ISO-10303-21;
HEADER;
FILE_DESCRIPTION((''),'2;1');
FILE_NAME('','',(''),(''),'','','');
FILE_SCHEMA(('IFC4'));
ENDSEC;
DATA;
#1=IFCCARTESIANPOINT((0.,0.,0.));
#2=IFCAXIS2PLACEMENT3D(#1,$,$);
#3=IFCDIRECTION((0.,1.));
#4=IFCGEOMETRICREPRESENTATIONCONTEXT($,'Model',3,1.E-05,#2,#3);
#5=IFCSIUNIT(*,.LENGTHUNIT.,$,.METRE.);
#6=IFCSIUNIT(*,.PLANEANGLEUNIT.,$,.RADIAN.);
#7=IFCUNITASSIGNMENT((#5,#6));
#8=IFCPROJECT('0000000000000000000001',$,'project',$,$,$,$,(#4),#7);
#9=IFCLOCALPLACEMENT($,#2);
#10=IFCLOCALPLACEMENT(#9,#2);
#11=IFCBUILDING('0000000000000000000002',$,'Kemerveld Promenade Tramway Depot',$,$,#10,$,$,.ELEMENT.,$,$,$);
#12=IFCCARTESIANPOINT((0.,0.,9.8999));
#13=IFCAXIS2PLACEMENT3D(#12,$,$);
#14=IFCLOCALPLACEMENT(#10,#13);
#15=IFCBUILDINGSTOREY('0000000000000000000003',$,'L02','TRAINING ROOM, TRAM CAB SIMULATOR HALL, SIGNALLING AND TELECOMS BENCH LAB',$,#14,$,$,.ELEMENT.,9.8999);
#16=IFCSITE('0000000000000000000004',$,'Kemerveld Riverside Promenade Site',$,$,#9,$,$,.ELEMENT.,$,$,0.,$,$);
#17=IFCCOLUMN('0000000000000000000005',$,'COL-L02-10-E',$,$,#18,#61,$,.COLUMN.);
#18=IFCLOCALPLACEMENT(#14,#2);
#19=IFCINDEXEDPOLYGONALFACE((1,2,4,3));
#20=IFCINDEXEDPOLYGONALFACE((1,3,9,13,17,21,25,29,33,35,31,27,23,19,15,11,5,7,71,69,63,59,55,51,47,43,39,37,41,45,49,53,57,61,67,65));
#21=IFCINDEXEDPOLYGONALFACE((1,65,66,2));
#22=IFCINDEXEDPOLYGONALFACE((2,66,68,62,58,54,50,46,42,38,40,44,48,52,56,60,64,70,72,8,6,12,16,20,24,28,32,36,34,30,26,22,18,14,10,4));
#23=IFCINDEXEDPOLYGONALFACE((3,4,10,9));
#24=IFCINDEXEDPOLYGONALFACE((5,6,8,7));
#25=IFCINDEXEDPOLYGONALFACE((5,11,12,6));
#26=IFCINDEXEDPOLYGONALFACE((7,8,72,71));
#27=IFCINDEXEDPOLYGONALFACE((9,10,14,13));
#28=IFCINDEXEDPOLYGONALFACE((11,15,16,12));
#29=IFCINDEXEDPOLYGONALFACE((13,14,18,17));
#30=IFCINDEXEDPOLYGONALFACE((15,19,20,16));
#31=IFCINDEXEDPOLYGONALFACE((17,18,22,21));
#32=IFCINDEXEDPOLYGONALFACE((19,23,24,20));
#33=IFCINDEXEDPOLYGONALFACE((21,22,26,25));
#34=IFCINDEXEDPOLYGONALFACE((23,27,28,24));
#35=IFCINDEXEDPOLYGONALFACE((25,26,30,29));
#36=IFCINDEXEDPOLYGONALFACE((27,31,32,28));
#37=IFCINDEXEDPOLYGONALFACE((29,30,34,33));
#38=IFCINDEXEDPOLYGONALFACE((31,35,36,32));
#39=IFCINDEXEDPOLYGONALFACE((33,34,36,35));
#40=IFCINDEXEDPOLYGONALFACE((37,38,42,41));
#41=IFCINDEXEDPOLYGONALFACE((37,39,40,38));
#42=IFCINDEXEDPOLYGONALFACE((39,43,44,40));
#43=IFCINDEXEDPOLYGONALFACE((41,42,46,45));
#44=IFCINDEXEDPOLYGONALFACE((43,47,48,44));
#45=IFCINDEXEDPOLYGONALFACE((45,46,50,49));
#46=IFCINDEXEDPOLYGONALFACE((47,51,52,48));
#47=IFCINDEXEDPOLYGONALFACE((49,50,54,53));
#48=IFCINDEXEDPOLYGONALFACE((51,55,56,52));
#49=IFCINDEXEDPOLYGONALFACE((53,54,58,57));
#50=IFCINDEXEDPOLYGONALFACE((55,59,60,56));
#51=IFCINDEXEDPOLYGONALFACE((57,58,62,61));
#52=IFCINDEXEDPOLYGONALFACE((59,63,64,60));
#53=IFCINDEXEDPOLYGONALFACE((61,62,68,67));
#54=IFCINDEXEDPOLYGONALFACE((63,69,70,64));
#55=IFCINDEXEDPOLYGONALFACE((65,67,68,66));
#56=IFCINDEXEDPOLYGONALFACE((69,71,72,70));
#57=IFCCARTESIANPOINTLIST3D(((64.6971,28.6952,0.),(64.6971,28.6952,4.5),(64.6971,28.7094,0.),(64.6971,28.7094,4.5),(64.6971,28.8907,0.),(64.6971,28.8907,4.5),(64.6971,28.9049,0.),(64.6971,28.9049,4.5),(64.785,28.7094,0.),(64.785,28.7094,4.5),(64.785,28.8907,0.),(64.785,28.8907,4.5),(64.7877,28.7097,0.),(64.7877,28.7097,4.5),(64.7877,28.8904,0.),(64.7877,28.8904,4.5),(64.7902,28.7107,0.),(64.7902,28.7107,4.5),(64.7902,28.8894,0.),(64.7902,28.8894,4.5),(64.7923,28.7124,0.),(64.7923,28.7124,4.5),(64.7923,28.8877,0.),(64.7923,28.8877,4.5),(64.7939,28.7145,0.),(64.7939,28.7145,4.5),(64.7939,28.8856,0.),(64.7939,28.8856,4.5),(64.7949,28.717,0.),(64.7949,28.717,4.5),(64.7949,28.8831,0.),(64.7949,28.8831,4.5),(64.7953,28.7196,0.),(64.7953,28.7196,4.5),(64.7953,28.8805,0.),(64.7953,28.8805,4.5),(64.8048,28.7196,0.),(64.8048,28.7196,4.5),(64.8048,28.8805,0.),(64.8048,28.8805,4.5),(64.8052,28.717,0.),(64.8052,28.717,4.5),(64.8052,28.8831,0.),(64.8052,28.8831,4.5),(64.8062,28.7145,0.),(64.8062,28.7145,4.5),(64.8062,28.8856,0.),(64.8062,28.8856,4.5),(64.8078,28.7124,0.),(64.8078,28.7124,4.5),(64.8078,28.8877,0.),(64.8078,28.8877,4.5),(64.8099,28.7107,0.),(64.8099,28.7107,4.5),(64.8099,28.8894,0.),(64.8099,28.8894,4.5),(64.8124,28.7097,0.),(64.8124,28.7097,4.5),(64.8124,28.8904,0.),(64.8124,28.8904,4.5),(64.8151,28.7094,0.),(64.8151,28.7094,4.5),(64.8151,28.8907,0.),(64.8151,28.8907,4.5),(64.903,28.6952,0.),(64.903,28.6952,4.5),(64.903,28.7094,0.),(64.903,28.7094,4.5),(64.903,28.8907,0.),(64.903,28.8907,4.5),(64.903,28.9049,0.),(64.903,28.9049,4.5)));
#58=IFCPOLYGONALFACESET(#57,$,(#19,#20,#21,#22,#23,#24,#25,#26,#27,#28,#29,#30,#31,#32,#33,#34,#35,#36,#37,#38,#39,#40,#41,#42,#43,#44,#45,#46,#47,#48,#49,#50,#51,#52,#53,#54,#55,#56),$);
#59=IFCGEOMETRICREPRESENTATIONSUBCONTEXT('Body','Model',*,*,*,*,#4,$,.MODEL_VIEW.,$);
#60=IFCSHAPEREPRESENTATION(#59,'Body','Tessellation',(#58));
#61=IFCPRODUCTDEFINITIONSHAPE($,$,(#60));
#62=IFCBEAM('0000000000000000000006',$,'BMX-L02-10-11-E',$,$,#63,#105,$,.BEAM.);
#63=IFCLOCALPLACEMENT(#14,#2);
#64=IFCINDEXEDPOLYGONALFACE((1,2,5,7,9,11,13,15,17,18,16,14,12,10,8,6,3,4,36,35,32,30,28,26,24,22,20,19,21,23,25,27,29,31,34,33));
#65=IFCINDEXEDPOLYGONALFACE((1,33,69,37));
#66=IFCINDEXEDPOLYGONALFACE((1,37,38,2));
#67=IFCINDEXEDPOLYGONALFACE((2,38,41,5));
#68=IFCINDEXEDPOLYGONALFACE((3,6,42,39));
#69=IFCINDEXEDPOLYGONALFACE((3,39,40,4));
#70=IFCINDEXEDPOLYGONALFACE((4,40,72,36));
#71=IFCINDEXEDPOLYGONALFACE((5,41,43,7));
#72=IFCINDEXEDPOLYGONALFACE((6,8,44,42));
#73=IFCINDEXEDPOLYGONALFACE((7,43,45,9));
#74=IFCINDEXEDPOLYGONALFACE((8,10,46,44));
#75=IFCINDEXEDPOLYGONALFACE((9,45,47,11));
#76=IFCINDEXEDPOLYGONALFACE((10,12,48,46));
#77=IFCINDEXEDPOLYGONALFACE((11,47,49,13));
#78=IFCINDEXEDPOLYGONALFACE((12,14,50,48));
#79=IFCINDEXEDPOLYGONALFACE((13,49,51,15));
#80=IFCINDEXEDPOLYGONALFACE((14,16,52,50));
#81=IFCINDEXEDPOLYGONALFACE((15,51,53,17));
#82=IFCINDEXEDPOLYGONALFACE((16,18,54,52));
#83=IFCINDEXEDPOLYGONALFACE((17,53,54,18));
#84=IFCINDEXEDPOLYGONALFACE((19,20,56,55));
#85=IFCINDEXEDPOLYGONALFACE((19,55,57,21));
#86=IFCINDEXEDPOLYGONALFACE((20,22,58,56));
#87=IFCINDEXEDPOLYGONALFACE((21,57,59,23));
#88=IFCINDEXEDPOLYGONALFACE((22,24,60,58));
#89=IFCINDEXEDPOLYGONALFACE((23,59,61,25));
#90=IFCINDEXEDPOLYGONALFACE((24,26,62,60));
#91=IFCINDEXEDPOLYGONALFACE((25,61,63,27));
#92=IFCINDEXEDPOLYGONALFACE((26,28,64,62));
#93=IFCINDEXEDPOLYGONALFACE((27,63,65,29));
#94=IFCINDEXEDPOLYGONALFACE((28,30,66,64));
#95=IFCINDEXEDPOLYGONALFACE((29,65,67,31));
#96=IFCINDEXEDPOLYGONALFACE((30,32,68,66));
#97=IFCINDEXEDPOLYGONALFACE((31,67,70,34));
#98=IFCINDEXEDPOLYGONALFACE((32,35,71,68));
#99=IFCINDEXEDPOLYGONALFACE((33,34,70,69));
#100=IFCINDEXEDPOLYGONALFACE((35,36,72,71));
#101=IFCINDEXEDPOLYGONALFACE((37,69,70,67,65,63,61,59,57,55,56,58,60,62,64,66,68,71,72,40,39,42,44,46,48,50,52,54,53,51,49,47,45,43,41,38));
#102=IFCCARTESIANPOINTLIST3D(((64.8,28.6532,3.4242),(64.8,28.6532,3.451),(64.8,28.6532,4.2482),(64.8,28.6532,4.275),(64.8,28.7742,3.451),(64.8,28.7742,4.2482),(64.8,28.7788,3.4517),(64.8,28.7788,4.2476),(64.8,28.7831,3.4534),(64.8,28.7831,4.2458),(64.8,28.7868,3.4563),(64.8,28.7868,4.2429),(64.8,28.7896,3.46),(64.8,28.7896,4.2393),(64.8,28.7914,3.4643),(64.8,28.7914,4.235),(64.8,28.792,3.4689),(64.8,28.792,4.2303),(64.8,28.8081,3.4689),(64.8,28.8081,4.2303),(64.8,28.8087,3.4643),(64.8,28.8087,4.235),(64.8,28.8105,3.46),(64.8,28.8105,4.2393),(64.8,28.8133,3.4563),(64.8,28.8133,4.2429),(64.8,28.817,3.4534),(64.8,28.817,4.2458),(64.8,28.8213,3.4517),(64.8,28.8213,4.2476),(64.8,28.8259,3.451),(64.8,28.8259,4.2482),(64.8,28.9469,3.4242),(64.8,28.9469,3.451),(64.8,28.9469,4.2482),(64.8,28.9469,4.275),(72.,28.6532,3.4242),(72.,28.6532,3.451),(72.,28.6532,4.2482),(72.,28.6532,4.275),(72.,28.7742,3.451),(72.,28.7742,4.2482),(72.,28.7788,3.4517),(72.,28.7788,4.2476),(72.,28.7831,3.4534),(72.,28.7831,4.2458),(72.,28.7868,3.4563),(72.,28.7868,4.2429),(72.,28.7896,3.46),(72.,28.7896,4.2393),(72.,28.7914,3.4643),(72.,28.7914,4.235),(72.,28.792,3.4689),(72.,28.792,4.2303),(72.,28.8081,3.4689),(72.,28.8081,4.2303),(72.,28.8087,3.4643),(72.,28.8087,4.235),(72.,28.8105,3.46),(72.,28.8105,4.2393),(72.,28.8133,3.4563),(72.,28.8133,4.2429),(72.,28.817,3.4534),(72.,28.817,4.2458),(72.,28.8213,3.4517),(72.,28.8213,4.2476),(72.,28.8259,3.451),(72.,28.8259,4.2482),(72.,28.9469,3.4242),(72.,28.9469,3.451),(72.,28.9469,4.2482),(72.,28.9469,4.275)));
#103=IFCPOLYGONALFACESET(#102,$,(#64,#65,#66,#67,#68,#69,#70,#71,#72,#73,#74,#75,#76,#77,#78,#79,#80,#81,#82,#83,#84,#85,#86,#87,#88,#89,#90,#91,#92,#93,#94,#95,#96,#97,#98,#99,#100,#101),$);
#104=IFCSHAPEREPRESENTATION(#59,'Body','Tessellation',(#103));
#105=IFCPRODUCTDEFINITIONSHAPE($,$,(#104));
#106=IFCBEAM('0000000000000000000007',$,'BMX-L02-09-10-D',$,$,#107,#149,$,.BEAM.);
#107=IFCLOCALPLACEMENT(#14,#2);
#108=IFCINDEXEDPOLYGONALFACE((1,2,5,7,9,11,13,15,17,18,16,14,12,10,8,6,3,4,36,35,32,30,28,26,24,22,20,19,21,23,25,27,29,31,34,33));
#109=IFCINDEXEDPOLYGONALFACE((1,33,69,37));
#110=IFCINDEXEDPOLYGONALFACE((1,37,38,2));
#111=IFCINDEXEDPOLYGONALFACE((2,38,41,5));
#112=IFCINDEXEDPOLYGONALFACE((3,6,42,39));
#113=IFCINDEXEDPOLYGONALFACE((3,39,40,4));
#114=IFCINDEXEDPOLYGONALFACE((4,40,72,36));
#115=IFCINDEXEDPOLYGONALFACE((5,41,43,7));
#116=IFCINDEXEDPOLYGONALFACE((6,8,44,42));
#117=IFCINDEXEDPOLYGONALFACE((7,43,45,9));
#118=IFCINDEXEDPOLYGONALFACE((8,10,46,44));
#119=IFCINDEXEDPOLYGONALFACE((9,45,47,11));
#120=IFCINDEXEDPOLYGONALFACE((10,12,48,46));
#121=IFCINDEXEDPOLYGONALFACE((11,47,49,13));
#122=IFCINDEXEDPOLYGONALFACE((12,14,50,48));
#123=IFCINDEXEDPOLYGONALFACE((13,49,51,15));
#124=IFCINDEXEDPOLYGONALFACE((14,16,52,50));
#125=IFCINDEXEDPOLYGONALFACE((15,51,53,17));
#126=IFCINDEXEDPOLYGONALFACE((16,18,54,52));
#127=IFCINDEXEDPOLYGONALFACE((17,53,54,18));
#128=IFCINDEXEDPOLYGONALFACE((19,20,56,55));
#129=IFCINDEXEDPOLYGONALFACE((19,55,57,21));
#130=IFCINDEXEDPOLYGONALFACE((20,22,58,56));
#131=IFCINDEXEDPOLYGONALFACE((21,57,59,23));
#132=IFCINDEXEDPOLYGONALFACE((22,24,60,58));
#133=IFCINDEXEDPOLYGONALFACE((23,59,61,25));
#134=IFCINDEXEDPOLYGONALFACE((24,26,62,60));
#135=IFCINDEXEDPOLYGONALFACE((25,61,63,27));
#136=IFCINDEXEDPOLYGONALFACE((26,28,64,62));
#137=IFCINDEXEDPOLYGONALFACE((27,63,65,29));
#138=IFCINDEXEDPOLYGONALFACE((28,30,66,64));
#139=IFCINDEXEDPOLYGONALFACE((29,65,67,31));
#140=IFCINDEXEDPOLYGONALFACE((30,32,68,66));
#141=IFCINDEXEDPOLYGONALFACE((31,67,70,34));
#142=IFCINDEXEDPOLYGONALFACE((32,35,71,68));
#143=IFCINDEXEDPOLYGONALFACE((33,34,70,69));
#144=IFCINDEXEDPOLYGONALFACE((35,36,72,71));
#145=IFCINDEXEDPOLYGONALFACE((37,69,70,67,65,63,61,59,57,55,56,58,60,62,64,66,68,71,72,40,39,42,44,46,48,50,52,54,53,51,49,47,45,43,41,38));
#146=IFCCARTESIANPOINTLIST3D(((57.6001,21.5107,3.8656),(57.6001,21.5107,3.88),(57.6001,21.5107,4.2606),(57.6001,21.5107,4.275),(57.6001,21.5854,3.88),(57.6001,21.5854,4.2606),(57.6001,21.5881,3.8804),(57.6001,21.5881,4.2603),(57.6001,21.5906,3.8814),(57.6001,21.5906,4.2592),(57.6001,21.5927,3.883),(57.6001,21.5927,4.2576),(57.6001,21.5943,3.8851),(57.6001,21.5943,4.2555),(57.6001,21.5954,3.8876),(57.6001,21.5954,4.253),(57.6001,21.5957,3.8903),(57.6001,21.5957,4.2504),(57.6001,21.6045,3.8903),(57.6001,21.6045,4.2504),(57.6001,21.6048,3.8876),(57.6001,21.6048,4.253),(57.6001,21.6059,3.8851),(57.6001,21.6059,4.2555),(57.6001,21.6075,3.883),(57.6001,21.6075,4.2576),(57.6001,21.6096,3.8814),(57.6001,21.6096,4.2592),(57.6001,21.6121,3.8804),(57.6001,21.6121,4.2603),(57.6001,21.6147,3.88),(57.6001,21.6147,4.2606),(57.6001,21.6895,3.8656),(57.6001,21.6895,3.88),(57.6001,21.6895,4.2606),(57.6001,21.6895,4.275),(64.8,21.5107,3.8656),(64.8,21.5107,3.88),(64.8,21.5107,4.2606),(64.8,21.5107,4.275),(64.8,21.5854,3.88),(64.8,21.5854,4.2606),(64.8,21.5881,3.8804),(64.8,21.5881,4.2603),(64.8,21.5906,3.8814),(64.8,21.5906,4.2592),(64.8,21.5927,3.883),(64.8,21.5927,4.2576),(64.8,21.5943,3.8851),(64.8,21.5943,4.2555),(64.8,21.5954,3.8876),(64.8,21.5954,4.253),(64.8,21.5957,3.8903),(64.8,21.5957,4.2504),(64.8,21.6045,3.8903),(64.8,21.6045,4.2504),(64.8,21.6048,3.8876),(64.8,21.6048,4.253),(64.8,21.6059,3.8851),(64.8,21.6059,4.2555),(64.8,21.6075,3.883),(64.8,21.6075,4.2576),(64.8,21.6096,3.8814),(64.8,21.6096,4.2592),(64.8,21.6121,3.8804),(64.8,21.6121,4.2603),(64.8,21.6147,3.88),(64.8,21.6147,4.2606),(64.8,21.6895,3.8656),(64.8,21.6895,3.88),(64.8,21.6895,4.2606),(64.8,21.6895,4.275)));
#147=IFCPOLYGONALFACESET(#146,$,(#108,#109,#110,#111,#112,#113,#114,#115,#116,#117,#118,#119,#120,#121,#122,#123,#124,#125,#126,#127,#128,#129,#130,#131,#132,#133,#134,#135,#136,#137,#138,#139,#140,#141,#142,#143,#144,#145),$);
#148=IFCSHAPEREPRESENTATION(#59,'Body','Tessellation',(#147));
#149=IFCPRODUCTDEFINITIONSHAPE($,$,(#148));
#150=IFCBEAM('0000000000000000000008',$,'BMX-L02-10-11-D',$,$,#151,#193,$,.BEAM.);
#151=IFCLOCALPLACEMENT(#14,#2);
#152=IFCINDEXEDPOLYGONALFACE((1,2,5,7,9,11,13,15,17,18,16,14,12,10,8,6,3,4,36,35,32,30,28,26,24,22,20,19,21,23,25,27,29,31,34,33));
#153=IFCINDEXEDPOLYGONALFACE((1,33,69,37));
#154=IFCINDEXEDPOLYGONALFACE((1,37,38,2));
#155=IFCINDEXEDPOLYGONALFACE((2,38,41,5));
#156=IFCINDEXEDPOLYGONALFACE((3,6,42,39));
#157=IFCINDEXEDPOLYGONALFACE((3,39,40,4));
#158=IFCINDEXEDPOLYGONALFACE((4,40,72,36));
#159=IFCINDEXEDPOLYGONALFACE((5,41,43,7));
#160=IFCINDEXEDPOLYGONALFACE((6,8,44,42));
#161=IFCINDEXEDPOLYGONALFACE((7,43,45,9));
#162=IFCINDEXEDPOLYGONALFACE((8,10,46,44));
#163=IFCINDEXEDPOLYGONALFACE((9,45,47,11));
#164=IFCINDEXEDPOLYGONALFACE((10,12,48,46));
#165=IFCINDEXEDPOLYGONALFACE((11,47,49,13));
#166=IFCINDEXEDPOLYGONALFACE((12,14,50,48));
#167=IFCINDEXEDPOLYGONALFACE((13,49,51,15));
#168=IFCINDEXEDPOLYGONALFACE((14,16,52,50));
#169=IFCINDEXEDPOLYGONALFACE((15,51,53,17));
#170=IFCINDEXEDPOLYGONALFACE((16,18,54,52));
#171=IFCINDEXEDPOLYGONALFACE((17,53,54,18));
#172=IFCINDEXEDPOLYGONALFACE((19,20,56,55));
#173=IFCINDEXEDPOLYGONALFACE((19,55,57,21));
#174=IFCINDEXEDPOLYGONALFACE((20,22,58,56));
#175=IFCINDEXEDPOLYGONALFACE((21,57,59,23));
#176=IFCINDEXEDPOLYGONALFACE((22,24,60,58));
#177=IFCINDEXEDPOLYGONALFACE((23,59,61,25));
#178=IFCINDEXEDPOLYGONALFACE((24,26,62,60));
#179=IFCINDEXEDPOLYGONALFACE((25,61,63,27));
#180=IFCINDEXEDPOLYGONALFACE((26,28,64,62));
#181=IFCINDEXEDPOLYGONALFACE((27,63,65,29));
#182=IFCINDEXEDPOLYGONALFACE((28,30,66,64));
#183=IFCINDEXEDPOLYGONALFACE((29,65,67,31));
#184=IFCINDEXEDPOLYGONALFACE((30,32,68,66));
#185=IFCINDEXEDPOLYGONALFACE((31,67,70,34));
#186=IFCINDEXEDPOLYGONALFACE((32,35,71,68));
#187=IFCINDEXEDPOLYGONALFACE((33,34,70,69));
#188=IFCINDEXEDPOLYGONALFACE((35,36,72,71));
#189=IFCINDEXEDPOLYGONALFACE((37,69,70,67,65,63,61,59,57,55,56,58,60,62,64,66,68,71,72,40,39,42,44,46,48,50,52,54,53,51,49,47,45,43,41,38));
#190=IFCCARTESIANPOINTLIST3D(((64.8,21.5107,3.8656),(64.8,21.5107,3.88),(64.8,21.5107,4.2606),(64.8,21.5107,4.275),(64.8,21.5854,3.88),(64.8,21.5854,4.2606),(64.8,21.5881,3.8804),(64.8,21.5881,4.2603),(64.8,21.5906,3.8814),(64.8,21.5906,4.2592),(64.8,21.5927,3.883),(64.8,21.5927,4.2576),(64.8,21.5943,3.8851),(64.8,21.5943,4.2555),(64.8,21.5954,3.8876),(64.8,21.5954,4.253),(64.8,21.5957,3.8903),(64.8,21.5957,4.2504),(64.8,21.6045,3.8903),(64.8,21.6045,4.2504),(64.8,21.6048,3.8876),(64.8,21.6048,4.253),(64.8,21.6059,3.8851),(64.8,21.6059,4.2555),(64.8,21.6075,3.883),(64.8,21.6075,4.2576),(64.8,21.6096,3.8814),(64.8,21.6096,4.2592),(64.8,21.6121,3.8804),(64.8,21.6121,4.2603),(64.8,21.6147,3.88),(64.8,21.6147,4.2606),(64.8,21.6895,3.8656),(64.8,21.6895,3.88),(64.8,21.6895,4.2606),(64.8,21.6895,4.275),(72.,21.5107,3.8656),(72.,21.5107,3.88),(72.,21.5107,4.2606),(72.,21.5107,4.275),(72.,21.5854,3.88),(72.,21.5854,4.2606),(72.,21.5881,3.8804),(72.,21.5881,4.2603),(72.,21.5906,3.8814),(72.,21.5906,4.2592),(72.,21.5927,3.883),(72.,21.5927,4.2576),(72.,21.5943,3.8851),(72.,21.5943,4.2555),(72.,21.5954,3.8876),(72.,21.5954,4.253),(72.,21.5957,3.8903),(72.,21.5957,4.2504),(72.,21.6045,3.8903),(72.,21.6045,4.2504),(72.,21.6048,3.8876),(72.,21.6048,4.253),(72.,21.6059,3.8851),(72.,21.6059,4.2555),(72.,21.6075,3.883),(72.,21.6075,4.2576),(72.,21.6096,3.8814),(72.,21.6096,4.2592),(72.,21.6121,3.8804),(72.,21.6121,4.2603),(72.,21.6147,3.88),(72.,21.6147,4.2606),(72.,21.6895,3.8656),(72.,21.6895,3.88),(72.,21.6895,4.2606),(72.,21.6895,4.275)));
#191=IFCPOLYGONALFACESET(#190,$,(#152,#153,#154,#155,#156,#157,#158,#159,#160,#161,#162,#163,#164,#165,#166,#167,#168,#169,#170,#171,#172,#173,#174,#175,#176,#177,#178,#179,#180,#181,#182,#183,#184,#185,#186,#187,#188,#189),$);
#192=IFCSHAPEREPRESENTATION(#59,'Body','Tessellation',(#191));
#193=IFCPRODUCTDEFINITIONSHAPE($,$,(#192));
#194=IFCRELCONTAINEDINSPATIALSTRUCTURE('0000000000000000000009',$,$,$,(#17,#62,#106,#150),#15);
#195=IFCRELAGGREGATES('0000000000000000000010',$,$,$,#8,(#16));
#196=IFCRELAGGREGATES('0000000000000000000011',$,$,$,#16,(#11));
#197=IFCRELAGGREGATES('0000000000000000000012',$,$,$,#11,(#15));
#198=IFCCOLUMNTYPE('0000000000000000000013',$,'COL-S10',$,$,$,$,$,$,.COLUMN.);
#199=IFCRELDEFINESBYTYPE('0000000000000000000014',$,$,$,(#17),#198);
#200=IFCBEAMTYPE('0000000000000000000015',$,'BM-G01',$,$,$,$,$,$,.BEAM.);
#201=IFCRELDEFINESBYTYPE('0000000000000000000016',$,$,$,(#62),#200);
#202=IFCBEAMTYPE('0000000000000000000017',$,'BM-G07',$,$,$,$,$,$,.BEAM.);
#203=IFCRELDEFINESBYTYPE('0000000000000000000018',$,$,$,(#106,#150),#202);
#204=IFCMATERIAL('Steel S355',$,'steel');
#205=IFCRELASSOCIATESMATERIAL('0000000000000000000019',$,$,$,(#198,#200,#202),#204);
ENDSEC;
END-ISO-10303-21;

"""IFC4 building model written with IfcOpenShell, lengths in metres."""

from ifc_helpers import new_model, si_unit, direction, frame, origin, origin_2d, place, context, subcontext, project, spatial, i_section, extrude, material, material_profile, profile_set, type_object, element, save


model = new_model("IFC4")

# Units and contexts
model_context = context("Model", 3, precision=1e-05, world=origin(), true_north=direction((0.0, 1.0)))
body_context = subcontext(model_context, "Body", "Model", "MODEL_VIEW")
ifc_project = project(units=[si_unit("LENGTHUNIT", "METRE"), si_unit("PLANEANGLEUNIT", "RADIAN")], contexts=[model_context])

# Site, building, storey
site_placement = place(None, origin())
site = spatial("IfcSite", under=ifc_project, at=site_placement, Name="Kemerveld Riverside Promenade Site", CompositionType="ELEMENT", RefElevation=0.0)
building_placement = place(site_placement, origin())
building = spatial("IfcBuilding", under=site, at=building_placement, Name="Kemerveld Promenade Tramway Depot", CompositionType="ELEMENT")
storey_placement = place(building_placement, frame((0.0, 0.0, 9.8999)))
storey = spatial("IfcBuildingStorey", under=building, at=storey_placement, Name="L02", Description="TRAINING ROOM, TRAM CAB SIMULATOR HALL, SIGNALLING AND TELECOMS BENCH LAB", CompositionType="ELEMENT", Elevation=9.8999)

# Column
ifc_material_1 = material(Name="Steel S355", Category="steel")
ifc_material_profile_1 = material_profile(ifc_material_1, i_section(OverallWidth=0.2058, OverallDepth=0.2097, WebThickness=0.0095, FlangeThickness=0.0142, FilletRadius=0.0103, at=origin_2d()), Name="203x203x60 UC")
ifc_profile_set_1 = profile_set([ifc_material_profile_1], Name="Steel S355")
column_type_1 = type_object("IfcColumnType", Name="COL-S10", PredefinedType="COLUMN", material=ifc_profile_set_1)
for number, where, z_axis, x_axis, name in (
    (1, (64.8, 28.8, 0.0), (0.0, 0.0, 1.0), (1.0, 0.0, 0.0), "COL-L02-10-E"),
):
    element("IfcColumn", number, at=place(storey_placement, frame(where, z_axis=z_axis, x_axis=x_axis)), inside=storey, type_object=column_type_1, Name=name, PredefinedType="COLUMN", context=body_context, shape_type="SweptSolid", body=[
        extrude(i_section(OverallWidth=0.2058, OverallDepth=0.2097, WebThickness=0.0095, FlangeThickness=0.0142, FilletRadius=0.0103, at=origin_2d()), origin(), (0.0, 0.0, 1.0), 4.5),
    ])

# Beams
ifc_material_profile_2 = material_profile(ifc_material_1, i_section(OverallWidth=0.2937, OverallDepth=0.8508, WebThickness=0.0161, FlangeThickness=0.0269, FilletRadius=0.0178, at=origin_2d()), Name="838x292x226 UB")
ifc_profile_set_2 = profile_set([ifc_material_profile_2], Name="Steel S355")
beam_type_1 = type_object("IfcBeamType", Name="BM-G01", PredefinedType="BEAM", material=ifc_profile_set_2)
beam_1_placement = place(storey_placement, frame((64.8, 28.8, 3.8496), z_axis=(1.0, 0.0, 0.0), x_axis=(0.0, 1.0, 0.0)))
element("IfcBeam", 2, at=beam_1_placement, inside=storey, type_object=beam_type_1, Name="BMX-L02-10-11-E", PredefinedType="BEAM", context=body_context, shape_type="SweptSolid", body=[
    extrude(i_section(OverallWidth=0.2937, OverallDepth=0.8508, WebThickness=0.0161, FlangeThickness=0.0269, FilletRadius=0.0178, at=origin_2d()), origin(), (0.0, 0.0, 1.0), 7.2),
])
ifc_material_profile_3 = material_profile(ifc_material_1, i_section(OverallWidth=0.1787, OverallDepth=0.4094, WebThickness=0.0088, FlangeThickness=0.0144, FilletRadius=0.0103, at=origin_2d()), Name="406x178x67 UB")
ifc_profile_set_3 = profile_set([ifc_material_profile_3], Name="Steel S355")
beam_type_2 = type_object("IfcBeamType", Name="BM-G07", PredefinedType="BEAM", material=ifc_profile_set_3)
for number, where, z_axis, x_axis, name in (
    (3, (57.6001, 21.6001, 4.0703), (1.0, 0.0, 0.0), (0.0, 1.0, 0.0), "BMX-L02-09-10-D"),
    (4, (64.8, 21.6001, 4.0703), (1.0, 0.0, 0.0), (0.0, 1.0, 0.0), "BMX-L02-10-11-D"),
):
    element("IfcBeam", number, at=place(storey_placement, frame(where, z_axis=z_axis, x_axis=x_axis)), inside=storey, type_object=beam_type_2, Name=name, PredefinedType="BEAM", context=body_context, shape_type="SweptSolid", body=[
        extrude(i_section(OverallWidth=0.1787, OverallDepth=0.4094, WebThickness=0.0088, FlangeThickness=0.0144, FilletRadius=0.0103, at=origin_2d()), origin(), (0.0, 0.0, 1.0), 7.2),
    ])

save(model, "model.ifc")
